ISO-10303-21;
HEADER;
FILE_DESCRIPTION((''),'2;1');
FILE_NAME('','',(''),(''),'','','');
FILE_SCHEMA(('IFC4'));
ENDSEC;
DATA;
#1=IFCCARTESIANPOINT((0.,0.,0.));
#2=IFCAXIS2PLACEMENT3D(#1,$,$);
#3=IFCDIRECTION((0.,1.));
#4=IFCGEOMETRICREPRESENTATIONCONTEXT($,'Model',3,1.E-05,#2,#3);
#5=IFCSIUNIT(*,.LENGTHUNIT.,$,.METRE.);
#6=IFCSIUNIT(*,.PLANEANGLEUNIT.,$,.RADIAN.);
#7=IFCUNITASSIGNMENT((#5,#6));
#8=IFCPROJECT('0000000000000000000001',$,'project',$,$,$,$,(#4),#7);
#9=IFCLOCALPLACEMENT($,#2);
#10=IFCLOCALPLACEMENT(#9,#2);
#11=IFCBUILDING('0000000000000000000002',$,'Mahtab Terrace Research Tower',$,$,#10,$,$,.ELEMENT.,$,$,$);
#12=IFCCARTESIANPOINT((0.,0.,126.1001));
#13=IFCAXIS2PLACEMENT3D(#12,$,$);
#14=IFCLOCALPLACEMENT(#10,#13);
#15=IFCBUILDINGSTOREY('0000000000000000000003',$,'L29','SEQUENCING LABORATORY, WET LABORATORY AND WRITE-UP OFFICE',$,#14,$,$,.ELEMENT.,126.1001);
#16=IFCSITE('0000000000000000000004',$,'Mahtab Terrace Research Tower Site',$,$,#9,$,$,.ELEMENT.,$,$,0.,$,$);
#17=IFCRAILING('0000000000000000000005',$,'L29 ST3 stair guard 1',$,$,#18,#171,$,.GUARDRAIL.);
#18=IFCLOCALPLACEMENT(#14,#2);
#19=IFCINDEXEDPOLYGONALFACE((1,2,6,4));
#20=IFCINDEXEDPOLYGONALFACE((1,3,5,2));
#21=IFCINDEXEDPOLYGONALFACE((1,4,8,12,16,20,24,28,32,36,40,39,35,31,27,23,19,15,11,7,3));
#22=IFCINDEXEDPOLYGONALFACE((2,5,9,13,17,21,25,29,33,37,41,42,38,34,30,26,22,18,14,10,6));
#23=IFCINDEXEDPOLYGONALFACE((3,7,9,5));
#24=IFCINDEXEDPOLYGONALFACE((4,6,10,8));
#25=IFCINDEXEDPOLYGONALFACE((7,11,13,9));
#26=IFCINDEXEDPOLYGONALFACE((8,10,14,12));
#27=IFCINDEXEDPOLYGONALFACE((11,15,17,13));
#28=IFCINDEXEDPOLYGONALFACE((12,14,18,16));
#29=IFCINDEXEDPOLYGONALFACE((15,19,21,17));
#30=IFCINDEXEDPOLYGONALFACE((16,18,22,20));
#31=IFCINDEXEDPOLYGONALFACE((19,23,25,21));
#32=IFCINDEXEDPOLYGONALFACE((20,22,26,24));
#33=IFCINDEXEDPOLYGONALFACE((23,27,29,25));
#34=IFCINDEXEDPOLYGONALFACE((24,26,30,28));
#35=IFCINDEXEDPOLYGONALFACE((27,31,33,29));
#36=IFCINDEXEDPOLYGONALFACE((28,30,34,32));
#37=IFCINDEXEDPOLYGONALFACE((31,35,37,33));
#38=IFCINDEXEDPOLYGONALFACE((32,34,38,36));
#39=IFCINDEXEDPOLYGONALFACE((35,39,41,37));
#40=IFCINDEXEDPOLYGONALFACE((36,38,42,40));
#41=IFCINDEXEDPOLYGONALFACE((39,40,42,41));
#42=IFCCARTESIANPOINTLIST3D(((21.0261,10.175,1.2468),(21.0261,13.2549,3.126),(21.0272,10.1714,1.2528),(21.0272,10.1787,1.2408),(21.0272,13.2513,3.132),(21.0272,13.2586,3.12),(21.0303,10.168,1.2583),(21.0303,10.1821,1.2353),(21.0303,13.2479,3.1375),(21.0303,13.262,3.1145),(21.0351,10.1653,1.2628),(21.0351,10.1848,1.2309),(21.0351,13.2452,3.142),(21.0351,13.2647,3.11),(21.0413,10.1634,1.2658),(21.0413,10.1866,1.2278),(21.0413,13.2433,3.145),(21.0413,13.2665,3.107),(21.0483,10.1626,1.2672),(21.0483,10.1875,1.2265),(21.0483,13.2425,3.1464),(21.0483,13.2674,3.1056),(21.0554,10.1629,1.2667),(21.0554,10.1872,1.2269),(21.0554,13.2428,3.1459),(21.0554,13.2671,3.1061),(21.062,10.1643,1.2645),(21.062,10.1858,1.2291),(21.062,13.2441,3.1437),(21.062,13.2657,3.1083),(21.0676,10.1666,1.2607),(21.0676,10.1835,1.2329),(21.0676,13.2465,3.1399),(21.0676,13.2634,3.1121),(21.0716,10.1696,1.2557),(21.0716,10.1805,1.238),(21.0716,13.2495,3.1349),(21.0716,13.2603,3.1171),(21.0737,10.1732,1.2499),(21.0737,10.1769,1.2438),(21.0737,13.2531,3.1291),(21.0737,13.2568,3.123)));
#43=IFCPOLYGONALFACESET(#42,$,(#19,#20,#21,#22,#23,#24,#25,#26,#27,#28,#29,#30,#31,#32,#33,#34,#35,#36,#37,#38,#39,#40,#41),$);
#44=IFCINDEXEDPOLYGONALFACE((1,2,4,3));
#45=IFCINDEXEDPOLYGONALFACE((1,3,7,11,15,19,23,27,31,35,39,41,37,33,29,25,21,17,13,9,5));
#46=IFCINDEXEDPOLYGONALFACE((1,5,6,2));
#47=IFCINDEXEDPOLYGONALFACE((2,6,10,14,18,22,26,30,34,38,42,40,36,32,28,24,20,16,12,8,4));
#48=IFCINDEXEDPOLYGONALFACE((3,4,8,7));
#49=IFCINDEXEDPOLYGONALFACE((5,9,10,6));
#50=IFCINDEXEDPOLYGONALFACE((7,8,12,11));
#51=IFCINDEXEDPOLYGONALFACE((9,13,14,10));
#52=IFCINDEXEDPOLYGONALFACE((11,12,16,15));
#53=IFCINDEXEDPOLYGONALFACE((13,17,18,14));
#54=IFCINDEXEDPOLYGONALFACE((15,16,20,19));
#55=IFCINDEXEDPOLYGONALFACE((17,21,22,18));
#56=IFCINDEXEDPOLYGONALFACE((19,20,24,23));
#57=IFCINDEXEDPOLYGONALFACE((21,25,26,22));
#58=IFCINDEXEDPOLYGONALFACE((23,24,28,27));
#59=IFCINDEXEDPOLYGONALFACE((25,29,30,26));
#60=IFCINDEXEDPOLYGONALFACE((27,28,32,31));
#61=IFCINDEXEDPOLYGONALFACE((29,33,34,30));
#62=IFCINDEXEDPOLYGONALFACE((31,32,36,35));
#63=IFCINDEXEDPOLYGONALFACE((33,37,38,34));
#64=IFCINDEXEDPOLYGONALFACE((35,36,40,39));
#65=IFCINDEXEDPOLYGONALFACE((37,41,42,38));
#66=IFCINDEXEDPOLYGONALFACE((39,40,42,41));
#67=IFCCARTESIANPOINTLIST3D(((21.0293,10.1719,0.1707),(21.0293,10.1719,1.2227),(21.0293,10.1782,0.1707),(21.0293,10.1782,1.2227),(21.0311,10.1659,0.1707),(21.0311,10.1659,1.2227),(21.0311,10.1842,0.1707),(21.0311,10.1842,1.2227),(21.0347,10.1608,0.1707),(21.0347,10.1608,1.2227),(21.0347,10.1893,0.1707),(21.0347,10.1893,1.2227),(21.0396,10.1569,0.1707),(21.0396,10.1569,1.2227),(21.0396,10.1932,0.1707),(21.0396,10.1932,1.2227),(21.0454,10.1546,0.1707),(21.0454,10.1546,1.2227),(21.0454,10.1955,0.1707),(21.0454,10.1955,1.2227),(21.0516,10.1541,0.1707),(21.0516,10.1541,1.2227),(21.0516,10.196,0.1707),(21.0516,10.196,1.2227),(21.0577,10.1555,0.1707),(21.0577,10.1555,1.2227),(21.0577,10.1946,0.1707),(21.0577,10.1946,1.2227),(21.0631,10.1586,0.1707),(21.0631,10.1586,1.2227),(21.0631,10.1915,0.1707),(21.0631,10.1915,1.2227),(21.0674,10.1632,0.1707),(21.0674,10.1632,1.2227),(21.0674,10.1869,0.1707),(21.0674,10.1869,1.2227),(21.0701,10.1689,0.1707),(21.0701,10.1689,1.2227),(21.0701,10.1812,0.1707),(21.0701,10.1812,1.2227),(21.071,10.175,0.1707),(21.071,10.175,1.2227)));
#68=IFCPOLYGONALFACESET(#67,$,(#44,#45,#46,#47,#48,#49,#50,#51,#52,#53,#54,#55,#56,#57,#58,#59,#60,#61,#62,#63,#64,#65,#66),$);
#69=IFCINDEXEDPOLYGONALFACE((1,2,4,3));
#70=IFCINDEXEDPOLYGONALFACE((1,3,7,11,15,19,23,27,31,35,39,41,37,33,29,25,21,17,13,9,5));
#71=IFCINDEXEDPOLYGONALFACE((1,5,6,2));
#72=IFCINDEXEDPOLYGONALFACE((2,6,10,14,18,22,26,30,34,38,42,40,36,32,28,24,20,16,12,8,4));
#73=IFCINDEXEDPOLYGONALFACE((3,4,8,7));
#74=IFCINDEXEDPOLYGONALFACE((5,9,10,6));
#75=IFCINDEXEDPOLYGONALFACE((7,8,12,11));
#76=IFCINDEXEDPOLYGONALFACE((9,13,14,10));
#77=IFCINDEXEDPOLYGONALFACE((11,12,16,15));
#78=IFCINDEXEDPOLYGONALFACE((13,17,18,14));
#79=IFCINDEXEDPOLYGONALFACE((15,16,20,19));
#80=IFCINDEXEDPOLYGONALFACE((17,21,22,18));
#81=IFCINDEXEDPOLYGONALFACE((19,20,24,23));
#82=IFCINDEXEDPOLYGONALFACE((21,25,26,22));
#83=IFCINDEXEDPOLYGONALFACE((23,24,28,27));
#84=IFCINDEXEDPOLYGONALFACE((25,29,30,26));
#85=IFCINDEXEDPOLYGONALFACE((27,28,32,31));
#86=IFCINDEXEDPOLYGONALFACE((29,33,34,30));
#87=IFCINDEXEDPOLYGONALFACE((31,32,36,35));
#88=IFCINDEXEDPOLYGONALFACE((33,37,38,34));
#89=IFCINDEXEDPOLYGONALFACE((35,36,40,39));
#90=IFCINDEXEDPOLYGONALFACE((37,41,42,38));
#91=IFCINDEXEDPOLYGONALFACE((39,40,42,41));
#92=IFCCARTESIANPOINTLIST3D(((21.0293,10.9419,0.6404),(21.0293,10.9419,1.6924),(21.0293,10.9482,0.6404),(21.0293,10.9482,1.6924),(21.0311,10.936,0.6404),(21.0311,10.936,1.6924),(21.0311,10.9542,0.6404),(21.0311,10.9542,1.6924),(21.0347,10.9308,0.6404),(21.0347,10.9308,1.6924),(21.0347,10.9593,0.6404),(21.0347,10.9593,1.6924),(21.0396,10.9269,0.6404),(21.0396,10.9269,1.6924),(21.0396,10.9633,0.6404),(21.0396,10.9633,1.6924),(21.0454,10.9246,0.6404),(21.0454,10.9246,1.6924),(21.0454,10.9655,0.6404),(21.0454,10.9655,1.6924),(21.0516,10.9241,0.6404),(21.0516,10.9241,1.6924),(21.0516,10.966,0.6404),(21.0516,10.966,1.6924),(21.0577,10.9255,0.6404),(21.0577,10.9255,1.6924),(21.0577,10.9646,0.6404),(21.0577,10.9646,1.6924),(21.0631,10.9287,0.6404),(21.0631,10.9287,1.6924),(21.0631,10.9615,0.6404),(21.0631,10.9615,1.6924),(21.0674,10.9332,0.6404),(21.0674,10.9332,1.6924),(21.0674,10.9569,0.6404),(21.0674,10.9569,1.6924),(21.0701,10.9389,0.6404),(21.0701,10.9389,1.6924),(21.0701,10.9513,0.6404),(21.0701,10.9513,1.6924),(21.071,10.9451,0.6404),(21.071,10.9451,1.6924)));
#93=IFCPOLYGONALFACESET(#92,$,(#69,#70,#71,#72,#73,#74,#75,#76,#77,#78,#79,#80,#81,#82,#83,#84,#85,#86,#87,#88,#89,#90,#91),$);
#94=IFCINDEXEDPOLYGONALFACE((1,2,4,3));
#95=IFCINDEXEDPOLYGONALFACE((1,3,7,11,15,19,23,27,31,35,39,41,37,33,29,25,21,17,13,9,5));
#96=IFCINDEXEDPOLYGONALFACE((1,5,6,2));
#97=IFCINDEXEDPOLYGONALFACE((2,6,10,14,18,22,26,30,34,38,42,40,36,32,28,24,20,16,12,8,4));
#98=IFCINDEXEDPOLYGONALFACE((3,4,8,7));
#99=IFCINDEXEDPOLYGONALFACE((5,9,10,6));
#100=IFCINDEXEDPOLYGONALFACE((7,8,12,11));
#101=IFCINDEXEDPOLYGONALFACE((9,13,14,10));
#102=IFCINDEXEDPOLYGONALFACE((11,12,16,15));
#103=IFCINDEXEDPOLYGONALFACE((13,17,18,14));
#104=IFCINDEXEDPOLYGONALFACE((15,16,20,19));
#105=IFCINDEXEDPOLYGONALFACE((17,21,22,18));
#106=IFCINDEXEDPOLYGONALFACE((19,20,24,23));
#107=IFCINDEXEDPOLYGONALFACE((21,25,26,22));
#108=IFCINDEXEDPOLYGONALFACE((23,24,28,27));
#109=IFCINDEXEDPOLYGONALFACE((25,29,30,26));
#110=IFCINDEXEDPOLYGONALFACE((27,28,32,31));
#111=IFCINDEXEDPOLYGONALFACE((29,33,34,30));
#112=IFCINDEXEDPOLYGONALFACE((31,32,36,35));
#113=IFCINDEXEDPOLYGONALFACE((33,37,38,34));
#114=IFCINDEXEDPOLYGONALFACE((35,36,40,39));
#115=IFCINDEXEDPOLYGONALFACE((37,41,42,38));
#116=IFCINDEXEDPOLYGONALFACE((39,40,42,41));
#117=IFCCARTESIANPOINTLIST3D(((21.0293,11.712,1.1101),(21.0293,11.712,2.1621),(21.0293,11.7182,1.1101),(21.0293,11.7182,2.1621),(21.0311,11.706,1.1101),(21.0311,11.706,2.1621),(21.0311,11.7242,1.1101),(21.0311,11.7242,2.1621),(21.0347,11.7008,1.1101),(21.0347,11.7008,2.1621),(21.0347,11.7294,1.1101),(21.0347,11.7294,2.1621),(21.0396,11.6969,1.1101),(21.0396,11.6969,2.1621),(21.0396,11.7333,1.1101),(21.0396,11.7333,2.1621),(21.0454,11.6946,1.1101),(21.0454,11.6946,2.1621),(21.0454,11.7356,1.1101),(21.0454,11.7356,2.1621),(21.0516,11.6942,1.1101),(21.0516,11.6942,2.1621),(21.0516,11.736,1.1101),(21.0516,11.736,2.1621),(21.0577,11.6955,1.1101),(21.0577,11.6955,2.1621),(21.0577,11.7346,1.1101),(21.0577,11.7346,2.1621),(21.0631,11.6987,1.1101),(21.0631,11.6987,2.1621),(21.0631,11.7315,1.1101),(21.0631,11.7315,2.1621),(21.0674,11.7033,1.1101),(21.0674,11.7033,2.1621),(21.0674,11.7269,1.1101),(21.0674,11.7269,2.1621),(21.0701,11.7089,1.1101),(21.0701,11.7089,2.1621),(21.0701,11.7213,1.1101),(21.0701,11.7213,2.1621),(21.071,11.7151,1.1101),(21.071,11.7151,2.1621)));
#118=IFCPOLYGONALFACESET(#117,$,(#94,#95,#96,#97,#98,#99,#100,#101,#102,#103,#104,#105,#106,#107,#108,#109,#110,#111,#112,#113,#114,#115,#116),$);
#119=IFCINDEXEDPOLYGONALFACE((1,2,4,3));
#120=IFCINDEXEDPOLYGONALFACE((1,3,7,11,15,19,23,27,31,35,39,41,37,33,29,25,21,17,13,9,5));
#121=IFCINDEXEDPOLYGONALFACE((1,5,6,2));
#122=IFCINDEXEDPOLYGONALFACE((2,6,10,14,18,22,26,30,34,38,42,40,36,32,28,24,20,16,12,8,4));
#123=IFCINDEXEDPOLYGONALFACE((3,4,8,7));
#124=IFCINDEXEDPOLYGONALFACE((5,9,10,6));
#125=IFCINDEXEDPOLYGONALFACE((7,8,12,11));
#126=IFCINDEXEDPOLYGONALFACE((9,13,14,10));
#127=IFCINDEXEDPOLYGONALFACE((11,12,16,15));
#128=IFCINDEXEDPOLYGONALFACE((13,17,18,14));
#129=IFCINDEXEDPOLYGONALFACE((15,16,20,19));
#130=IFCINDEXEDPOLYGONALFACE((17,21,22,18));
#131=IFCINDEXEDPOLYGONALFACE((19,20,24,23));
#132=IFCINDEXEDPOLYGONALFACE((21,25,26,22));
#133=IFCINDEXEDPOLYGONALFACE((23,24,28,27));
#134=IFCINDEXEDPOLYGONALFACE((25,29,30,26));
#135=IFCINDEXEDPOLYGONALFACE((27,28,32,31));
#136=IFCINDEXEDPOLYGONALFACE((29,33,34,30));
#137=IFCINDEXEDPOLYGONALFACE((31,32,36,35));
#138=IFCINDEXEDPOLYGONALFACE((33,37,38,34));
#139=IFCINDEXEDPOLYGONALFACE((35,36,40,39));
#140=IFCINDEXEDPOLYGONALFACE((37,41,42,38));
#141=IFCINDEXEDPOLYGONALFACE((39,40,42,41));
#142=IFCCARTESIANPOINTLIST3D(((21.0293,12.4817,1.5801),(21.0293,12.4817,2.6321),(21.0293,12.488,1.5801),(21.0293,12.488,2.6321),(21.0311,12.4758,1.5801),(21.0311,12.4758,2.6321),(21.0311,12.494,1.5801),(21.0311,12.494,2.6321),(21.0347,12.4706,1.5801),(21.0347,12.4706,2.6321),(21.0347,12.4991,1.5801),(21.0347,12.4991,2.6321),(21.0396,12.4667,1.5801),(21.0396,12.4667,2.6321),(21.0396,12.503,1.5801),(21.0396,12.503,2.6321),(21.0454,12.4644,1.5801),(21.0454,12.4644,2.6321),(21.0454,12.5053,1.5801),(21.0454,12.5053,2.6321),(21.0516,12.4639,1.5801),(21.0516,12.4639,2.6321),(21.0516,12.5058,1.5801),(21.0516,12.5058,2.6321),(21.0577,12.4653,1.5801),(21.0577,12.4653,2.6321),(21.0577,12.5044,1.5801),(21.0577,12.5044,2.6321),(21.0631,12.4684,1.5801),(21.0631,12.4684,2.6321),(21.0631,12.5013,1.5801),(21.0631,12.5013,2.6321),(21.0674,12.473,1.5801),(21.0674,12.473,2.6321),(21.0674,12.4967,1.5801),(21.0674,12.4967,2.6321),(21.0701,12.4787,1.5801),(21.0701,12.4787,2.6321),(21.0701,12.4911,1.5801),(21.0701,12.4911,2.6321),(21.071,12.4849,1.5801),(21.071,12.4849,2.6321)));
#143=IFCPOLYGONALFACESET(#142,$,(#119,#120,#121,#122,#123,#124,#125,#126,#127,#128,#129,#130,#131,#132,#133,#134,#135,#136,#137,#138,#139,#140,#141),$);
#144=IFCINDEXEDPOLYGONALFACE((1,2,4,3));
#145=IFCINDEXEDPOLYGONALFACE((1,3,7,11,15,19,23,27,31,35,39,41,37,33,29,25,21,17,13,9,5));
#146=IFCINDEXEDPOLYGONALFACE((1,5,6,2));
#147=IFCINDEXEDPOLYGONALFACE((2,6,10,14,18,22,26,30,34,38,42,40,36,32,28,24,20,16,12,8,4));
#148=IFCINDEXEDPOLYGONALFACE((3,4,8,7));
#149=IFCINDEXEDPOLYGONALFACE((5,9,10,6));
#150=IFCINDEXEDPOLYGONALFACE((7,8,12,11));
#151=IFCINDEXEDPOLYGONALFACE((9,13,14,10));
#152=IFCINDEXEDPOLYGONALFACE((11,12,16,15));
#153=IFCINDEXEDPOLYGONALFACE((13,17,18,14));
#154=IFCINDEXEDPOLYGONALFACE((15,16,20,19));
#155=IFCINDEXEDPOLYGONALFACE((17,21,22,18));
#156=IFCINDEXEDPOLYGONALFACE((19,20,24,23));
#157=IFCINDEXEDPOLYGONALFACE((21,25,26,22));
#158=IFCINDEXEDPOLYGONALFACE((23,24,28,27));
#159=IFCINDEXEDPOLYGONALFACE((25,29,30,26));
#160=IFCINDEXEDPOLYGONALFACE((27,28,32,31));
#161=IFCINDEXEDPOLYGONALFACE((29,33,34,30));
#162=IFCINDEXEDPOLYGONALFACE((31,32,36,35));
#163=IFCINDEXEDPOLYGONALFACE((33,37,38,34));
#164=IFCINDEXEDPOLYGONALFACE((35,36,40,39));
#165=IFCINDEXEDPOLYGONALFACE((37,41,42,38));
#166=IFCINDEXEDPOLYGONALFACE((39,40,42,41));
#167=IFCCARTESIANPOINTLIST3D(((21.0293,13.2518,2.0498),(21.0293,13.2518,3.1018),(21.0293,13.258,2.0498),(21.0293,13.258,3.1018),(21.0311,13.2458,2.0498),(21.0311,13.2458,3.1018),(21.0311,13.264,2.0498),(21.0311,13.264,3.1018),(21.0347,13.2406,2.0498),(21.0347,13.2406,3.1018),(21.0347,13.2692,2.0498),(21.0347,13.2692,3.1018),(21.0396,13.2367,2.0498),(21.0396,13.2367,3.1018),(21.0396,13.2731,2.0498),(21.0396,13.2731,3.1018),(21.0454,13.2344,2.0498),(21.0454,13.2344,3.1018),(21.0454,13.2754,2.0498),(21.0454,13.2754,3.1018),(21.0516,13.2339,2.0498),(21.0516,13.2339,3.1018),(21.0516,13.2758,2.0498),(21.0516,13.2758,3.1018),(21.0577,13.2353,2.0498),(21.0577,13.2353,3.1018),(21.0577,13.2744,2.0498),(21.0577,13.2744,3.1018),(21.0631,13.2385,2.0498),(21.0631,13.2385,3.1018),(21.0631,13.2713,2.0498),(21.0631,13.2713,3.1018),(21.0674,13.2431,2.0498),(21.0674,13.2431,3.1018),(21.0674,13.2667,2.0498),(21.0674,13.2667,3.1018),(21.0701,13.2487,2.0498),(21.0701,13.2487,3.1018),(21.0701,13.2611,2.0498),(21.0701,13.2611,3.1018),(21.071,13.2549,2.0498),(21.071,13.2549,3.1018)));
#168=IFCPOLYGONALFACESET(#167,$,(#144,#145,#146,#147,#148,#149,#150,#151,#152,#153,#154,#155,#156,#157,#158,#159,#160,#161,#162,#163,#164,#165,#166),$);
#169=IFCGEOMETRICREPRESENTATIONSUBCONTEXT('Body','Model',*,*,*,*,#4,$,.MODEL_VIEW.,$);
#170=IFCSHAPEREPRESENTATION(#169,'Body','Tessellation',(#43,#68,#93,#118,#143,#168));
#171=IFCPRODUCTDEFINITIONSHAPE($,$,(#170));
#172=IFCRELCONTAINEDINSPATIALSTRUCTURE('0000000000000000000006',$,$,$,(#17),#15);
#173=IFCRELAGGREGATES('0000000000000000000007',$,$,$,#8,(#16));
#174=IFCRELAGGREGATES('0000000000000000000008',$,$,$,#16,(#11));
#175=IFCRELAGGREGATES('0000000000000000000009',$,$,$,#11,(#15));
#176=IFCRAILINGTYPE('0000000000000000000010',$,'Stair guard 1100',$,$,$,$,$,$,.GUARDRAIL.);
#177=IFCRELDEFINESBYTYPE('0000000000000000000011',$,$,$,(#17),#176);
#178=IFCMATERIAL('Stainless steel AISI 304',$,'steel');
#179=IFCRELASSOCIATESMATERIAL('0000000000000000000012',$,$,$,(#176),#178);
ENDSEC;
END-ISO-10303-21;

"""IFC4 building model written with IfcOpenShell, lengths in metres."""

from ifc_helpers import new_model, si_unit, direction, frame, origin, origin_2d, place, context, subcontext, project, spatial, circle, extrude, material, type_object, element, save


model = new_model("IFC4")

# Units and contexts
model_context = context("Model", 3, precision=1e-05, world=origin(), true_north=direction((0.0, 1.0)))
body_context = subcontext(model_context, "Body", "Model", "MODEL_VIEW")
ifc_project = project(units=[si_unit("LENGTHUNIT", "METRE"), si_unit("PLANEANGLEUNIT", "RADIAN")], contexts=[model_context])

# Site, building, storey
site_placement = place(None, origin())
site = spatial("IfcSite", under=ifc_project, at=site_placement, Name="Mahtab Terrace Research Tower Site", CompositionType="ELEMENT", RefElevation=0.0)
building_placement = place(site_placement, origin())
building = spatial("IfcBuilding", under=site, at=building_placement, Name="Mahtab Terrace Research Tower", CompositionType="ELEMENT")
storey_placement = place(building_placement, frame((0.0, 0.0, 126.1001)))
storey = spatial("IfcBuildingStorey", under=building, at=storey_placement, Name="L29", Description="SEQUENCING LABORATORY, WET LABORATORY AND WRITE-UP OFFICE", CompositionType="ELEMENT", Elevation=126.1001)

# Railing
ifc_material_1 = material(Name="Stainless steel AISI 304", Category="steel")
railing_type_1 = type_object("IfcRailingType", Name="Stair guard 1100", PredefinedType="GUARDRAIL", material=ifc_material_1)
railing_1_placement = place(storey_placement, frame((21.05, 10.175, 0.1707)))
element("IfcRailing", 1, at=railing_1_placement, inside=storey, type_object=railing_type_1, Name="L29 ST3 stair guard 1", PredefinedType="GUARDRAIL", context=body_context, shape_type="SweptSolid", body=[
    extrude(circle(Radius=0.0239, at=origin_2d()), frame((0.0, 0.0, 1.0762), z_axis=(0.0, 0.853648, 0.52085), x_axis=(-1.0, 0.0, 0.0)), (0.0, 0.0, 1.0), 3.6079),
    extrude(circle(Radius=0.021, at=origin_2d()), origin(), (0.0, 0.0, 1.0), 1.052),
    extrude(circle(Radius=0.021, at=origin_2d()), frame((0.0, 0.77, 0.4697)), (0.0, 0.0, 1.0), 1.052),
    extrude(circle(Radius=0.021, at=origin_2d()), frame((0.0, 1.54, 0.9395)), (0.0, 0.0, 1.0), 1.052),
    extrude(circle(Radius=0.021, at=origin_2d()), frame((0.0, 2.3098, 1.4094)), (0.0, 0.0, 1.0), 1.052),
    extrude(circle(Radius=0.021, at=origin_2d()), frame((0.0, 3.0798, 1.8792)), (0.0, 0.0, 1.0), 1.052),
])

save(model, "model.ifc")
